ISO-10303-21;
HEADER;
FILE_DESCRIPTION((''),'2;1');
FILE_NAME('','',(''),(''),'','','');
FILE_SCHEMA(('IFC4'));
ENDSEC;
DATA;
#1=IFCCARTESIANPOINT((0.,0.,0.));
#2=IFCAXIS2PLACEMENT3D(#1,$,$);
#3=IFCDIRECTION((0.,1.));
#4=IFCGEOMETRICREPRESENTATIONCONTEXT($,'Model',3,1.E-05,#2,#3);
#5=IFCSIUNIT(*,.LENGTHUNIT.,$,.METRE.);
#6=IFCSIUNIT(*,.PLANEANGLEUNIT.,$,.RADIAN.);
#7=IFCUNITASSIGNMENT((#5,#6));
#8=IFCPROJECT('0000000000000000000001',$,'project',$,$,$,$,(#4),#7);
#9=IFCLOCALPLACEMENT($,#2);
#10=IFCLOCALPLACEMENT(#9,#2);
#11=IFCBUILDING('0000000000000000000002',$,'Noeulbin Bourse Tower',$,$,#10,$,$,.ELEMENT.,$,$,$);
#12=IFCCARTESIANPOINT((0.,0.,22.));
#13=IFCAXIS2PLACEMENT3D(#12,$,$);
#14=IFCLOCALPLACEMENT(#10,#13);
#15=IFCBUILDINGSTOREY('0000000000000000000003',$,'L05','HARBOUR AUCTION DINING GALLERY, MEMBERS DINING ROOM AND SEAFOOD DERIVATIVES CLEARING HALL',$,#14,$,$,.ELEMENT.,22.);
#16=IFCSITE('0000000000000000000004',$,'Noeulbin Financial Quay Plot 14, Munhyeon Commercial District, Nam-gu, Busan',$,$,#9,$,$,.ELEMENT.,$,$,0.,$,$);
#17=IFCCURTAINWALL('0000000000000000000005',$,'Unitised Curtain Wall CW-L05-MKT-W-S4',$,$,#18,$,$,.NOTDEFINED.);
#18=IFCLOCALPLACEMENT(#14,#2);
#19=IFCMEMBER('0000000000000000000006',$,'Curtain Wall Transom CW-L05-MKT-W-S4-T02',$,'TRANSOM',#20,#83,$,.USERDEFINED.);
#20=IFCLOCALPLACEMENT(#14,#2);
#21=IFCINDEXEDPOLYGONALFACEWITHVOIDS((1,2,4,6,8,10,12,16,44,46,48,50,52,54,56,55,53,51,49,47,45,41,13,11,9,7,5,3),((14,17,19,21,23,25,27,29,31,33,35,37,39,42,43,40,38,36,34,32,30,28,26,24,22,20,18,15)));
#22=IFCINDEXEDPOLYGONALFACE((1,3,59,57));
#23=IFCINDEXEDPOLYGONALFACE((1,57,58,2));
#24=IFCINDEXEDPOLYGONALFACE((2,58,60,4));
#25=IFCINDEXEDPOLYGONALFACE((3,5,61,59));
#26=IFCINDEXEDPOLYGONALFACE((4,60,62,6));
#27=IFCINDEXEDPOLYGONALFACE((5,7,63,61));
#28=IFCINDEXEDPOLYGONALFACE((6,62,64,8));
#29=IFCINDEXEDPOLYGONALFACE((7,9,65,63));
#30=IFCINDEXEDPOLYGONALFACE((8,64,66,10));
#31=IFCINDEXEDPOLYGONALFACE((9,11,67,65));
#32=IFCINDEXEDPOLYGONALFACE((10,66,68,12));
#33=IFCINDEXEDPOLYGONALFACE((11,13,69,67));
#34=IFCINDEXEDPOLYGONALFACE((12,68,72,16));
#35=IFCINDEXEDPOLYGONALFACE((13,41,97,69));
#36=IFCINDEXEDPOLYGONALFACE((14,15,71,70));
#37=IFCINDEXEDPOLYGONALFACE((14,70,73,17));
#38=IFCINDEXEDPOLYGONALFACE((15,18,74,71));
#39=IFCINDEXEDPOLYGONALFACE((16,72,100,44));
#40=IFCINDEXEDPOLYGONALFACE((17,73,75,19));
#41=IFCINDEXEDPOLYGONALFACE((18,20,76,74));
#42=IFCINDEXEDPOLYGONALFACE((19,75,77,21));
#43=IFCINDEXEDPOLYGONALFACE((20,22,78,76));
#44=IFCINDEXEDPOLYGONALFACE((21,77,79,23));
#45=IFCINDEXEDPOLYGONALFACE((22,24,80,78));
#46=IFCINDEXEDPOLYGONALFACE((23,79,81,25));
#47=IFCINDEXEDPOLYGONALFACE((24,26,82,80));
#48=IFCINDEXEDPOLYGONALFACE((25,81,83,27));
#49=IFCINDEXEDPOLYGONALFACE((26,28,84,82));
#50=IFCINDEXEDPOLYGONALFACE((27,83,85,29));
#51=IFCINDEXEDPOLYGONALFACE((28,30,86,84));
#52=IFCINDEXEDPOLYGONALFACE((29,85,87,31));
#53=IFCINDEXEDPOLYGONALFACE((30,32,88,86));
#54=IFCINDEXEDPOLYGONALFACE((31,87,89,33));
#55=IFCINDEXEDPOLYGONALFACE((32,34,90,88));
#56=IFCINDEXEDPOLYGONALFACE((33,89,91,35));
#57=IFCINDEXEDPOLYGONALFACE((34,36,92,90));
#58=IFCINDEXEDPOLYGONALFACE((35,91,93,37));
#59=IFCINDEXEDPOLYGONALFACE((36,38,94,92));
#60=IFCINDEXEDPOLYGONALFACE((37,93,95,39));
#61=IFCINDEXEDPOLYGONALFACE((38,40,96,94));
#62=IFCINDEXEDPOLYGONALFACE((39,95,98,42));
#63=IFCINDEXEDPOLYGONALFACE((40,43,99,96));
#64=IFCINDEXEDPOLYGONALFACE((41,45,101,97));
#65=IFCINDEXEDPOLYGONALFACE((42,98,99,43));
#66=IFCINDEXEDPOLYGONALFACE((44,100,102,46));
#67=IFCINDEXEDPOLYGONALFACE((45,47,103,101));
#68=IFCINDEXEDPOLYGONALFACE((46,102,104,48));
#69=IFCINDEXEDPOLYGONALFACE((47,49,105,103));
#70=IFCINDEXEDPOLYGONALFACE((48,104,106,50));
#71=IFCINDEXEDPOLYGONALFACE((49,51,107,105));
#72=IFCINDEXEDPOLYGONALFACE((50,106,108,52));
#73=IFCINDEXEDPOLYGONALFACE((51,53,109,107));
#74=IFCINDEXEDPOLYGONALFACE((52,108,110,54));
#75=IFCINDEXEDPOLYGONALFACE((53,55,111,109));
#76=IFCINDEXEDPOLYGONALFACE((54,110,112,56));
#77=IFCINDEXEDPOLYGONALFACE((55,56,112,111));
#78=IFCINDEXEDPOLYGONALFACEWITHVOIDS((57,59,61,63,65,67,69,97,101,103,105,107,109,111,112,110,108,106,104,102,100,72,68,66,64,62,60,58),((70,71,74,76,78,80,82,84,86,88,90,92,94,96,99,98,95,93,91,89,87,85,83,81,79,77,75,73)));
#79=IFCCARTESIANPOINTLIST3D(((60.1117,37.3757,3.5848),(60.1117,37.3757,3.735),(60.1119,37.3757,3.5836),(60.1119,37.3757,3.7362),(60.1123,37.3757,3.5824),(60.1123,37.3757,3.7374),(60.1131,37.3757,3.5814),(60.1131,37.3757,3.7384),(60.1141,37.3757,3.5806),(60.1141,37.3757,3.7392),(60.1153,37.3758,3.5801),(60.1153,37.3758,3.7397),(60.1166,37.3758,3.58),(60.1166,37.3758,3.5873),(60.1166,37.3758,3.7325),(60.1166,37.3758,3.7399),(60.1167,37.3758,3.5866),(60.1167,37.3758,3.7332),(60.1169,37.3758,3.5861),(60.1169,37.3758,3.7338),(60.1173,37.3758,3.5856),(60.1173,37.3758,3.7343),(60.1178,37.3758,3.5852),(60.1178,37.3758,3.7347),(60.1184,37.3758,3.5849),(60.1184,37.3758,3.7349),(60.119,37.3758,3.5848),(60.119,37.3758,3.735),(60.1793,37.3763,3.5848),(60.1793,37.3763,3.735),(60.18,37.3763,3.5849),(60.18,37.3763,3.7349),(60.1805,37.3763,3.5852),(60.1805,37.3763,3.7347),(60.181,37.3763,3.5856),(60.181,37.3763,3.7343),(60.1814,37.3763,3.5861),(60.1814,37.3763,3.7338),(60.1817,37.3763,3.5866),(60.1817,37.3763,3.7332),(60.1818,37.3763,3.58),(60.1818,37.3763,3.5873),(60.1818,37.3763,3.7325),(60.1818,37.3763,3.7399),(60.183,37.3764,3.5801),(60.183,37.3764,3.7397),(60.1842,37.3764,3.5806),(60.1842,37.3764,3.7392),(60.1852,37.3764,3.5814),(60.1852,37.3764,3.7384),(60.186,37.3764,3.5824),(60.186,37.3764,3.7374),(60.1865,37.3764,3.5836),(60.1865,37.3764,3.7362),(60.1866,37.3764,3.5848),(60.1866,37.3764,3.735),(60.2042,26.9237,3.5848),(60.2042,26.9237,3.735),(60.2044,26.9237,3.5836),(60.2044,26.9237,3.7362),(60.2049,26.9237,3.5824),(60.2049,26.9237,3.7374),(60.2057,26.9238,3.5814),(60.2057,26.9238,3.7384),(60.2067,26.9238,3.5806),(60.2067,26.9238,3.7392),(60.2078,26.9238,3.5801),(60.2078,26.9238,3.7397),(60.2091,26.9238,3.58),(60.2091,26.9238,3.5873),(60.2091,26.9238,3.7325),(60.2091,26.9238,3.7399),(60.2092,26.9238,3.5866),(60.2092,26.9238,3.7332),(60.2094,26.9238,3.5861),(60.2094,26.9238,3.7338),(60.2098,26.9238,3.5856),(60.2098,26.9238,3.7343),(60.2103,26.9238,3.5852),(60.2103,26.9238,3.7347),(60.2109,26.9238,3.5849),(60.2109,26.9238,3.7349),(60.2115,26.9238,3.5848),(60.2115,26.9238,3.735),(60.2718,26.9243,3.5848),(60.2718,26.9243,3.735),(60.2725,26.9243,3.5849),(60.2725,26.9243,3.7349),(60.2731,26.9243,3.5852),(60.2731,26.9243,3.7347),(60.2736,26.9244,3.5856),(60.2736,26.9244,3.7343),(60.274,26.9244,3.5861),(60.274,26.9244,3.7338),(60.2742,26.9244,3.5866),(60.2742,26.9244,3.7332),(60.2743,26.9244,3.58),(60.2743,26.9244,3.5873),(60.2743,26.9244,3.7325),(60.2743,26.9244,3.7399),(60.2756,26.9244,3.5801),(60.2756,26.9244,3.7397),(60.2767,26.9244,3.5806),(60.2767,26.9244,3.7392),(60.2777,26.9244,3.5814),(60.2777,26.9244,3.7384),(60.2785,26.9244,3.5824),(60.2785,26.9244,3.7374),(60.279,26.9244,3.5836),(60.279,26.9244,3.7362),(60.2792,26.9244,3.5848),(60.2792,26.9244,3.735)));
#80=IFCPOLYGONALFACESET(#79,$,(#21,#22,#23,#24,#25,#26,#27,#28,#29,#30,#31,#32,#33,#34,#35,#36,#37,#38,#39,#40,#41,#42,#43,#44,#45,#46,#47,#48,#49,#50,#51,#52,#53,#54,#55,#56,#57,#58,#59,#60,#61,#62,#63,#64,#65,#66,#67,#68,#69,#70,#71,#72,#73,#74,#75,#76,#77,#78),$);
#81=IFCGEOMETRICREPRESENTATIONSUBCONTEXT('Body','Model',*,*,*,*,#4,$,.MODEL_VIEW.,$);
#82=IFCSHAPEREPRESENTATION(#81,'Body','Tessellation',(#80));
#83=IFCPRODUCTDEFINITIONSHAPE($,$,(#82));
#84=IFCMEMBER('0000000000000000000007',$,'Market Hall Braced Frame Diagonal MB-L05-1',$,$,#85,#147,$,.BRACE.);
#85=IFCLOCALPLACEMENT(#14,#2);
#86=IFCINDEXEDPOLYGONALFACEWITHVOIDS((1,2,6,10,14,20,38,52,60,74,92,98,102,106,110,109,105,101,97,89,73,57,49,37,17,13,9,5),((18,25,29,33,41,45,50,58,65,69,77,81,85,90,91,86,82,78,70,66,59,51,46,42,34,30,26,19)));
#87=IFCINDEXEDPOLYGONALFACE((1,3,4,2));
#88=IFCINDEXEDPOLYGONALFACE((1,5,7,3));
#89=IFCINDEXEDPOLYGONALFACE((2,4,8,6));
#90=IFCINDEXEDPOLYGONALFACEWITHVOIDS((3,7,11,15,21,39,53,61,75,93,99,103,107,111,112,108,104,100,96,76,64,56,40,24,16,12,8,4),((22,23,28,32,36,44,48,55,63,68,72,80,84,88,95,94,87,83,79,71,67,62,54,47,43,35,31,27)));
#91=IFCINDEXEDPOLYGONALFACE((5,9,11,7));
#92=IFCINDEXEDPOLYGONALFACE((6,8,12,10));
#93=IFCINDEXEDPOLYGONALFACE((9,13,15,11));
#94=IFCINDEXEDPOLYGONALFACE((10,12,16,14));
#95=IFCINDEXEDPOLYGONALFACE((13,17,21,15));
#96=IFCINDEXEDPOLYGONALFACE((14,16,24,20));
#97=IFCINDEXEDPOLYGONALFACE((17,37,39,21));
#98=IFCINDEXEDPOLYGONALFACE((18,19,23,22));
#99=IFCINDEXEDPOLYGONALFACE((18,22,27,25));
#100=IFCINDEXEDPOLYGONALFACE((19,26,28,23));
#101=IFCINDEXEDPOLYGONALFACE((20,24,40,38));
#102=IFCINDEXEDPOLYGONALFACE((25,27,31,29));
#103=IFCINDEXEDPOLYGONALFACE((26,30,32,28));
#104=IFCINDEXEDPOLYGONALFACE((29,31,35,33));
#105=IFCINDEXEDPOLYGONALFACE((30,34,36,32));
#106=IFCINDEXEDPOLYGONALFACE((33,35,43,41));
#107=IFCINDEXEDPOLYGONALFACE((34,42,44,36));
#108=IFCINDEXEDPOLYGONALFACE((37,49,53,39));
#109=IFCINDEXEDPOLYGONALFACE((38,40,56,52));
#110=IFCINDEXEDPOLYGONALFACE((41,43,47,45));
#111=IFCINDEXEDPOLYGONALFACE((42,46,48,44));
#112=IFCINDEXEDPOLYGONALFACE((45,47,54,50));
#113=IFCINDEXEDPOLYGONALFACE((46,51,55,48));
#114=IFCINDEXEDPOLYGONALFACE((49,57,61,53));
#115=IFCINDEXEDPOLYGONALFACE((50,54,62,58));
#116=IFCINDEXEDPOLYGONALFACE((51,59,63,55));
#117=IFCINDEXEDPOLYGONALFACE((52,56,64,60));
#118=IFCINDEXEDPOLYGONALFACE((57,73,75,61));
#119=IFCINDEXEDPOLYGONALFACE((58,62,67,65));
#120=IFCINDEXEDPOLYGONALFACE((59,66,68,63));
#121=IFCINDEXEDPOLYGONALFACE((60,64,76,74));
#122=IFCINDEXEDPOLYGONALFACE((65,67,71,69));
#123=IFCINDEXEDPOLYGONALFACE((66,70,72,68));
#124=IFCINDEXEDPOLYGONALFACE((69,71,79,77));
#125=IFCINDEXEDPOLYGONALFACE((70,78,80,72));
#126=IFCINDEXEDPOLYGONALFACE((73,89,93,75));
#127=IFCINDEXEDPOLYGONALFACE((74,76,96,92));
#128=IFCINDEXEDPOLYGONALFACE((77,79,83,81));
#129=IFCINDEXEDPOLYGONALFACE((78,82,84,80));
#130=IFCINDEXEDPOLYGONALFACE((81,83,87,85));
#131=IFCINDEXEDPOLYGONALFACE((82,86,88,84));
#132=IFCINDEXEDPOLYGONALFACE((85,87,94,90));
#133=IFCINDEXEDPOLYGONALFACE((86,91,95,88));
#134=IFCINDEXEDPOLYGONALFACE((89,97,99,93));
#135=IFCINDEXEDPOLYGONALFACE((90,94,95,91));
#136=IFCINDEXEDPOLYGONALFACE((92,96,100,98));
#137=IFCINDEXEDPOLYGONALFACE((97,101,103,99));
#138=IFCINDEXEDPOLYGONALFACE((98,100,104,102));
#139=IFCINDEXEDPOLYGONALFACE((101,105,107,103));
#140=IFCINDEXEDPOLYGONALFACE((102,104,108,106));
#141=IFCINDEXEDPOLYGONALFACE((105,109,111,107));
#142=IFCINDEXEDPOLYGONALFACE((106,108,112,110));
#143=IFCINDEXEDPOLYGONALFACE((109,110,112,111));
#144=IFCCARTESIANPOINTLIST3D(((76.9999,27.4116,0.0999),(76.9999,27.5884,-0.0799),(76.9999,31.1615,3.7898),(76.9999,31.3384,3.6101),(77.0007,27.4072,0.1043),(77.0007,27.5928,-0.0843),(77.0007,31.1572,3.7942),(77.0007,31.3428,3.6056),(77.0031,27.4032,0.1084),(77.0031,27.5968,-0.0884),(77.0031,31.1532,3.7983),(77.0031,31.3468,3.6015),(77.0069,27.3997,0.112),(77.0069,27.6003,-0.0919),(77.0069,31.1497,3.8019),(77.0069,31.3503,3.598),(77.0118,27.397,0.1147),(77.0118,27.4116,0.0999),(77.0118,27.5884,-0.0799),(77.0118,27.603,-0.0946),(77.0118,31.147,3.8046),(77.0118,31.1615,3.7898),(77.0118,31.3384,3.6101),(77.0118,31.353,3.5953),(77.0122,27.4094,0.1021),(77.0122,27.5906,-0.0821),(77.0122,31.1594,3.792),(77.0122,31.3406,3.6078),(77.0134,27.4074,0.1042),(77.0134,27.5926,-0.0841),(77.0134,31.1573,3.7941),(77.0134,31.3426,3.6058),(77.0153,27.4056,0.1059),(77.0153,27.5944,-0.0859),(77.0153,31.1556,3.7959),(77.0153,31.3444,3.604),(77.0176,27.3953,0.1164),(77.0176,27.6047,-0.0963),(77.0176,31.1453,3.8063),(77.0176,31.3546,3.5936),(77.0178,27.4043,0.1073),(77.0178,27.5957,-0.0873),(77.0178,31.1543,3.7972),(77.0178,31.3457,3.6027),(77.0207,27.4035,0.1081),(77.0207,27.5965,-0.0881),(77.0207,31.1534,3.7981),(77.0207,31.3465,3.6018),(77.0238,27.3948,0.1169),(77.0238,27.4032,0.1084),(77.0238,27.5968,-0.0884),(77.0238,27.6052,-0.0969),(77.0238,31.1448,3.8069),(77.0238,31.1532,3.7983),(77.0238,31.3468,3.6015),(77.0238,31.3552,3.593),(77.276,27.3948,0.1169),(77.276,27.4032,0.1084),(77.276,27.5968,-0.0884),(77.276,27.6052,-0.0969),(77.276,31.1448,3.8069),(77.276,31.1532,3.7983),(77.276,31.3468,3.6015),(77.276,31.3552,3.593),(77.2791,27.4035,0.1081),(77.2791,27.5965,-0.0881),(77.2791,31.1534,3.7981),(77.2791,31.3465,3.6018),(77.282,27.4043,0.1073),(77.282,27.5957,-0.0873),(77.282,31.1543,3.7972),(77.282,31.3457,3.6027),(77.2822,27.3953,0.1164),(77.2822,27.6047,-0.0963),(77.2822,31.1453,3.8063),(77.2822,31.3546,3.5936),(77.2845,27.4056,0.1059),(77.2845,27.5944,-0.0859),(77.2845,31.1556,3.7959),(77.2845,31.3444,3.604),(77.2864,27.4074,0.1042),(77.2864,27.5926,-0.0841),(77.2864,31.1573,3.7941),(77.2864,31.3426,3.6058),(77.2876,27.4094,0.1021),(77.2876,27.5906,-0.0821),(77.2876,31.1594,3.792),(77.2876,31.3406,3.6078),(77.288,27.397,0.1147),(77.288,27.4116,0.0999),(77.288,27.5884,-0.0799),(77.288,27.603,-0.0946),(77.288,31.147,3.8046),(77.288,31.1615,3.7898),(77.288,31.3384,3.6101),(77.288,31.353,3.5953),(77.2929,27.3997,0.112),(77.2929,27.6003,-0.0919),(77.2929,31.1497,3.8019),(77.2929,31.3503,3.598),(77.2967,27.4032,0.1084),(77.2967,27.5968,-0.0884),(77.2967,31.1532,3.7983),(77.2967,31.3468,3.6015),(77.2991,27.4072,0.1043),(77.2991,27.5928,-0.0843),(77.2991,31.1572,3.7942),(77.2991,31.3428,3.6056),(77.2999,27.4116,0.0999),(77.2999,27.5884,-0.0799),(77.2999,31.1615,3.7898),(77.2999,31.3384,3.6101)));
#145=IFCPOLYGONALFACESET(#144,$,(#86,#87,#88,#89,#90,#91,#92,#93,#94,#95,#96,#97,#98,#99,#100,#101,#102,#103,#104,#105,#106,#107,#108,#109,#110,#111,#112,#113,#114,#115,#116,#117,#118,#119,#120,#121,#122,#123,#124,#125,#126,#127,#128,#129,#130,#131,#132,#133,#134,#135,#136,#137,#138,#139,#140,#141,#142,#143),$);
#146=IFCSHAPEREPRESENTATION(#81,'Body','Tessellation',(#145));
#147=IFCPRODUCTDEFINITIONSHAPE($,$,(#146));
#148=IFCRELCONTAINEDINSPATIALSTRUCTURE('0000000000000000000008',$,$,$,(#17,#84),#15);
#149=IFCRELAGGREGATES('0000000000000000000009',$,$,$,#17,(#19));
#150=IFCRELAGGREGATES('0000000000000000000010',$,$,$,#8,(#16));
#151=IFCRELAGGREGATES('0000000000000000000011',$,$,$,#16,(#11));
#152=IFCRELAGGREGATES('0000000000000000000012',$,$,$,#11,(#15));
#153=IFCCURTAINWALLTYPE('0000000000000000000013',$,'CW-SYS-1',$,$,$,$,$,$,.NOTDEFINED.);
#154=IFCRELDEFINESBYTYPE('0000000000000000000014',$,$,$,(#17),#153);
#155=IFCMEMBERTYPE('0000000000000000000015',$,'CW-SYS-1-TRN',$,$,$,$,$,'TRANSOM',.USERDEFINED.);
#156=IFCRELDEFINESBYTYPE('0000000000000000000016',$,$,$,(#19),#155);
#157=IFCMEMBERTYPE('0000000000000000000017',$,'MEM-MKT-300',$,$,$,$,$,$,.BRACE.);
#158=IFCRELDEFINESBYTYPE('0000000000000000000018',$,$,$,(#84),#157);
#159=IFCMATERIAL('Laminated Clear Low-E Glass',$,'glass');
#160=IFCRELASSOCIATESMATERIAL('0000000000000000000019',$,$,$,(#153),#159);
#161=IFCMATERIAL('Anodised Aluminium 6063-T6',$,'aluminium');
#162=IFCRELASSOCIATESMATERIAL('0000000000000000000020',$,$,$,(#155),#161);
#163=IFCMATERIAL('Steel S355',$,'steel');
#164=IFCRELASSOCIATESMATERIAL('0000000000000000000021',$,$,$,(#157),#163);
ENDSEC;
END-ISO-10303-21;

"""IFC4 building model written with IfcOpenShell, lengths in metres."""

from ifc_helpers import new_model, si_unit, direction, frame, origin, origin_2d, place, context, subcontext, project, spatial, hollow_rectangle, extrude, material, material_profile, profile_set, type_object, element, aggregate, save


model = new_model("IFC4")

# Units and contexts
model_context = context("Model", 3, precision=1e-05, world=origin(), true_north=direction((0.0, 1.0)))
body_context = subcontext(model_context, "Body", "Model", "MODEL_VIEW")
ifc_project = project(units=[si_unit("LENGTHUNIT", "METRE"), si_unit("PLANEANGLEUNIT", "RADIAN")], contexts=[model_context])

# Site, building, storey
site_placement = place(None, origin())
site = spatial("IfcSite", under=ifc_project, at=site_placement, Name="Noeulbin Financial Quay Plot 14, Munhyeon Commercial District, Nam-gu, Busan", CompositionType="ELEMENT", RefElevation=0.0)
building_placement = place(site_placement, origin())
building = spatial("IfcBuilding", under=site, at=building_placement, Name="Noeulbin Bourse Tower", CompositionType="ELEMENT")
storey_placement = place(building_placement, frame((0.0, 0.0, 22.0)))
storey = spatial("IfcBuildingStorey", under=building, at=storey_placement, Name="L05", Description="HARBOUR AUCTION DINING GALLERY, MEMBERS DINING ROOM AND SEAFOOD DERIVATIVES CLEARING HALL", CompositionType="ELEMENT", Elevation=22.0)

# Shared definitions
ifc_material_1 = material(Name="Steel S355", Category="steel")

# Curtain wall, member
ifc_material_2 = material(Name="Laminated Clear Low-E Glass", Category="glass")
curtain_wall_type = type_object("IfcCurtainWallType", Name="CW-SYS-1", PredefinedType="NOTDEFINED", material=ifc_material_2)
curtain_wall_placement = place(storey_placement, origin())
curtain_wall = element("IfcCurtainWall", 1, at=curtain_wall_placement, inside=storey, type_object=curtain_wall_type, Name="Unitised Curtain Wall CW-L05-MKT-W-S4", PredefinedType="NOTDEFINED")
ifc_material_3 = material(Name="Anodised Aluminium 6063-T6", Category="aluminium")
ifc_material_profile_1 = material_profile(ifc_material_3, hollow_rectangle(XDim=0.075, YDim=0.1599, WallThickness=0.0049, InnerFilletRadius=0.0024, OuterFilletRadius=0.0049, at=origin_2d()), Name="ALU-TRAN-75x160x5", Category="LoadBearing")
ifc_profile_set_1 = profile_set([ifc_material_profile_1], Name="Anodised Aluminium 6063-T6")
member_type_1 = type_object("IfcMemberType", Name="CW-SYS-1-TRN", ElementType="TRANSOM", PredefinedType="USERDEFINED", material=ifc_profile_set_1)
member_placement = place(storey_placement, frame((60.2417, 26.9241, 3.6599), z_axis=(-0.008853, 0.999961, 0.0), x_axis=(-0.999961, -0.008853, 0.0)))
member = element("IfcMember", 2, at=member_placement, type_object=member_type_1, Name="Curtain Wall Transom CW-L05-MKT-W-S4-T02", ObjectType="TRANSOM", PredefinedType="USERDEFINED", context=body_context, shape_type="SweptSolid", body=[
    extrude(hollow_rectangle(XDim=0.075, YDim=0.1599, WallThickness=0.0049, InnerFilletRadius=0.0024, OuterFilletRadius=0.0049, at=origin_2d()), origin(), (0.0, 0.0, 1.0), 10.4524),
])
aggregate(curtain_wall, [member])

# Member
ifc_material_profile_2 = material_profile(ifc_material_1, hollow_rectangle(XDim=0.3, YDim=0.3, WallThickness=0.012, InnerFilletRadius=0.012, OuterFilletRadius=0.0239, at=origin_2d()), Name="SHS-300x300x12", Category="LoadBearing")
ifc_profile_set_2 = profile_set([ifc_material_profile_2], Name="Steel S355")
member_type_2 = type_object("IfcMemberType", Name="MEM-MKT-300", PredefinedType="BRACE", material=ifc_profile_set_2)
for number, where, z_axis, x_axis, name in (
    (3, (77.1499, 27.5, 0.01), (0.0, 0.712792, 0.701376), (-1.0, 0.0, 0.0), "Market Hall Braced Frame Diagonal MB-L05-1"),
):
    element("IfcMember", number, at=place(storey_placement, frame(where, z_axis=z_axis, x_axis=x_axis)), inside=storey, type_object=member_type_2, Name=name, PredefinedType="BRACE", context=body_context, shape_type="SweptSolid", body=[
        extrude(hollow_rectangle(XDim=0.3, YDim=0.3, WallThickness=0.012, InnerFilletRadius=0.012, OuterFilletRadius=0.0239, at=origin_2d()), origin(), (0.0, 0.0, 1.0), 5.261),
    ])

save(model, "model.ifc")
